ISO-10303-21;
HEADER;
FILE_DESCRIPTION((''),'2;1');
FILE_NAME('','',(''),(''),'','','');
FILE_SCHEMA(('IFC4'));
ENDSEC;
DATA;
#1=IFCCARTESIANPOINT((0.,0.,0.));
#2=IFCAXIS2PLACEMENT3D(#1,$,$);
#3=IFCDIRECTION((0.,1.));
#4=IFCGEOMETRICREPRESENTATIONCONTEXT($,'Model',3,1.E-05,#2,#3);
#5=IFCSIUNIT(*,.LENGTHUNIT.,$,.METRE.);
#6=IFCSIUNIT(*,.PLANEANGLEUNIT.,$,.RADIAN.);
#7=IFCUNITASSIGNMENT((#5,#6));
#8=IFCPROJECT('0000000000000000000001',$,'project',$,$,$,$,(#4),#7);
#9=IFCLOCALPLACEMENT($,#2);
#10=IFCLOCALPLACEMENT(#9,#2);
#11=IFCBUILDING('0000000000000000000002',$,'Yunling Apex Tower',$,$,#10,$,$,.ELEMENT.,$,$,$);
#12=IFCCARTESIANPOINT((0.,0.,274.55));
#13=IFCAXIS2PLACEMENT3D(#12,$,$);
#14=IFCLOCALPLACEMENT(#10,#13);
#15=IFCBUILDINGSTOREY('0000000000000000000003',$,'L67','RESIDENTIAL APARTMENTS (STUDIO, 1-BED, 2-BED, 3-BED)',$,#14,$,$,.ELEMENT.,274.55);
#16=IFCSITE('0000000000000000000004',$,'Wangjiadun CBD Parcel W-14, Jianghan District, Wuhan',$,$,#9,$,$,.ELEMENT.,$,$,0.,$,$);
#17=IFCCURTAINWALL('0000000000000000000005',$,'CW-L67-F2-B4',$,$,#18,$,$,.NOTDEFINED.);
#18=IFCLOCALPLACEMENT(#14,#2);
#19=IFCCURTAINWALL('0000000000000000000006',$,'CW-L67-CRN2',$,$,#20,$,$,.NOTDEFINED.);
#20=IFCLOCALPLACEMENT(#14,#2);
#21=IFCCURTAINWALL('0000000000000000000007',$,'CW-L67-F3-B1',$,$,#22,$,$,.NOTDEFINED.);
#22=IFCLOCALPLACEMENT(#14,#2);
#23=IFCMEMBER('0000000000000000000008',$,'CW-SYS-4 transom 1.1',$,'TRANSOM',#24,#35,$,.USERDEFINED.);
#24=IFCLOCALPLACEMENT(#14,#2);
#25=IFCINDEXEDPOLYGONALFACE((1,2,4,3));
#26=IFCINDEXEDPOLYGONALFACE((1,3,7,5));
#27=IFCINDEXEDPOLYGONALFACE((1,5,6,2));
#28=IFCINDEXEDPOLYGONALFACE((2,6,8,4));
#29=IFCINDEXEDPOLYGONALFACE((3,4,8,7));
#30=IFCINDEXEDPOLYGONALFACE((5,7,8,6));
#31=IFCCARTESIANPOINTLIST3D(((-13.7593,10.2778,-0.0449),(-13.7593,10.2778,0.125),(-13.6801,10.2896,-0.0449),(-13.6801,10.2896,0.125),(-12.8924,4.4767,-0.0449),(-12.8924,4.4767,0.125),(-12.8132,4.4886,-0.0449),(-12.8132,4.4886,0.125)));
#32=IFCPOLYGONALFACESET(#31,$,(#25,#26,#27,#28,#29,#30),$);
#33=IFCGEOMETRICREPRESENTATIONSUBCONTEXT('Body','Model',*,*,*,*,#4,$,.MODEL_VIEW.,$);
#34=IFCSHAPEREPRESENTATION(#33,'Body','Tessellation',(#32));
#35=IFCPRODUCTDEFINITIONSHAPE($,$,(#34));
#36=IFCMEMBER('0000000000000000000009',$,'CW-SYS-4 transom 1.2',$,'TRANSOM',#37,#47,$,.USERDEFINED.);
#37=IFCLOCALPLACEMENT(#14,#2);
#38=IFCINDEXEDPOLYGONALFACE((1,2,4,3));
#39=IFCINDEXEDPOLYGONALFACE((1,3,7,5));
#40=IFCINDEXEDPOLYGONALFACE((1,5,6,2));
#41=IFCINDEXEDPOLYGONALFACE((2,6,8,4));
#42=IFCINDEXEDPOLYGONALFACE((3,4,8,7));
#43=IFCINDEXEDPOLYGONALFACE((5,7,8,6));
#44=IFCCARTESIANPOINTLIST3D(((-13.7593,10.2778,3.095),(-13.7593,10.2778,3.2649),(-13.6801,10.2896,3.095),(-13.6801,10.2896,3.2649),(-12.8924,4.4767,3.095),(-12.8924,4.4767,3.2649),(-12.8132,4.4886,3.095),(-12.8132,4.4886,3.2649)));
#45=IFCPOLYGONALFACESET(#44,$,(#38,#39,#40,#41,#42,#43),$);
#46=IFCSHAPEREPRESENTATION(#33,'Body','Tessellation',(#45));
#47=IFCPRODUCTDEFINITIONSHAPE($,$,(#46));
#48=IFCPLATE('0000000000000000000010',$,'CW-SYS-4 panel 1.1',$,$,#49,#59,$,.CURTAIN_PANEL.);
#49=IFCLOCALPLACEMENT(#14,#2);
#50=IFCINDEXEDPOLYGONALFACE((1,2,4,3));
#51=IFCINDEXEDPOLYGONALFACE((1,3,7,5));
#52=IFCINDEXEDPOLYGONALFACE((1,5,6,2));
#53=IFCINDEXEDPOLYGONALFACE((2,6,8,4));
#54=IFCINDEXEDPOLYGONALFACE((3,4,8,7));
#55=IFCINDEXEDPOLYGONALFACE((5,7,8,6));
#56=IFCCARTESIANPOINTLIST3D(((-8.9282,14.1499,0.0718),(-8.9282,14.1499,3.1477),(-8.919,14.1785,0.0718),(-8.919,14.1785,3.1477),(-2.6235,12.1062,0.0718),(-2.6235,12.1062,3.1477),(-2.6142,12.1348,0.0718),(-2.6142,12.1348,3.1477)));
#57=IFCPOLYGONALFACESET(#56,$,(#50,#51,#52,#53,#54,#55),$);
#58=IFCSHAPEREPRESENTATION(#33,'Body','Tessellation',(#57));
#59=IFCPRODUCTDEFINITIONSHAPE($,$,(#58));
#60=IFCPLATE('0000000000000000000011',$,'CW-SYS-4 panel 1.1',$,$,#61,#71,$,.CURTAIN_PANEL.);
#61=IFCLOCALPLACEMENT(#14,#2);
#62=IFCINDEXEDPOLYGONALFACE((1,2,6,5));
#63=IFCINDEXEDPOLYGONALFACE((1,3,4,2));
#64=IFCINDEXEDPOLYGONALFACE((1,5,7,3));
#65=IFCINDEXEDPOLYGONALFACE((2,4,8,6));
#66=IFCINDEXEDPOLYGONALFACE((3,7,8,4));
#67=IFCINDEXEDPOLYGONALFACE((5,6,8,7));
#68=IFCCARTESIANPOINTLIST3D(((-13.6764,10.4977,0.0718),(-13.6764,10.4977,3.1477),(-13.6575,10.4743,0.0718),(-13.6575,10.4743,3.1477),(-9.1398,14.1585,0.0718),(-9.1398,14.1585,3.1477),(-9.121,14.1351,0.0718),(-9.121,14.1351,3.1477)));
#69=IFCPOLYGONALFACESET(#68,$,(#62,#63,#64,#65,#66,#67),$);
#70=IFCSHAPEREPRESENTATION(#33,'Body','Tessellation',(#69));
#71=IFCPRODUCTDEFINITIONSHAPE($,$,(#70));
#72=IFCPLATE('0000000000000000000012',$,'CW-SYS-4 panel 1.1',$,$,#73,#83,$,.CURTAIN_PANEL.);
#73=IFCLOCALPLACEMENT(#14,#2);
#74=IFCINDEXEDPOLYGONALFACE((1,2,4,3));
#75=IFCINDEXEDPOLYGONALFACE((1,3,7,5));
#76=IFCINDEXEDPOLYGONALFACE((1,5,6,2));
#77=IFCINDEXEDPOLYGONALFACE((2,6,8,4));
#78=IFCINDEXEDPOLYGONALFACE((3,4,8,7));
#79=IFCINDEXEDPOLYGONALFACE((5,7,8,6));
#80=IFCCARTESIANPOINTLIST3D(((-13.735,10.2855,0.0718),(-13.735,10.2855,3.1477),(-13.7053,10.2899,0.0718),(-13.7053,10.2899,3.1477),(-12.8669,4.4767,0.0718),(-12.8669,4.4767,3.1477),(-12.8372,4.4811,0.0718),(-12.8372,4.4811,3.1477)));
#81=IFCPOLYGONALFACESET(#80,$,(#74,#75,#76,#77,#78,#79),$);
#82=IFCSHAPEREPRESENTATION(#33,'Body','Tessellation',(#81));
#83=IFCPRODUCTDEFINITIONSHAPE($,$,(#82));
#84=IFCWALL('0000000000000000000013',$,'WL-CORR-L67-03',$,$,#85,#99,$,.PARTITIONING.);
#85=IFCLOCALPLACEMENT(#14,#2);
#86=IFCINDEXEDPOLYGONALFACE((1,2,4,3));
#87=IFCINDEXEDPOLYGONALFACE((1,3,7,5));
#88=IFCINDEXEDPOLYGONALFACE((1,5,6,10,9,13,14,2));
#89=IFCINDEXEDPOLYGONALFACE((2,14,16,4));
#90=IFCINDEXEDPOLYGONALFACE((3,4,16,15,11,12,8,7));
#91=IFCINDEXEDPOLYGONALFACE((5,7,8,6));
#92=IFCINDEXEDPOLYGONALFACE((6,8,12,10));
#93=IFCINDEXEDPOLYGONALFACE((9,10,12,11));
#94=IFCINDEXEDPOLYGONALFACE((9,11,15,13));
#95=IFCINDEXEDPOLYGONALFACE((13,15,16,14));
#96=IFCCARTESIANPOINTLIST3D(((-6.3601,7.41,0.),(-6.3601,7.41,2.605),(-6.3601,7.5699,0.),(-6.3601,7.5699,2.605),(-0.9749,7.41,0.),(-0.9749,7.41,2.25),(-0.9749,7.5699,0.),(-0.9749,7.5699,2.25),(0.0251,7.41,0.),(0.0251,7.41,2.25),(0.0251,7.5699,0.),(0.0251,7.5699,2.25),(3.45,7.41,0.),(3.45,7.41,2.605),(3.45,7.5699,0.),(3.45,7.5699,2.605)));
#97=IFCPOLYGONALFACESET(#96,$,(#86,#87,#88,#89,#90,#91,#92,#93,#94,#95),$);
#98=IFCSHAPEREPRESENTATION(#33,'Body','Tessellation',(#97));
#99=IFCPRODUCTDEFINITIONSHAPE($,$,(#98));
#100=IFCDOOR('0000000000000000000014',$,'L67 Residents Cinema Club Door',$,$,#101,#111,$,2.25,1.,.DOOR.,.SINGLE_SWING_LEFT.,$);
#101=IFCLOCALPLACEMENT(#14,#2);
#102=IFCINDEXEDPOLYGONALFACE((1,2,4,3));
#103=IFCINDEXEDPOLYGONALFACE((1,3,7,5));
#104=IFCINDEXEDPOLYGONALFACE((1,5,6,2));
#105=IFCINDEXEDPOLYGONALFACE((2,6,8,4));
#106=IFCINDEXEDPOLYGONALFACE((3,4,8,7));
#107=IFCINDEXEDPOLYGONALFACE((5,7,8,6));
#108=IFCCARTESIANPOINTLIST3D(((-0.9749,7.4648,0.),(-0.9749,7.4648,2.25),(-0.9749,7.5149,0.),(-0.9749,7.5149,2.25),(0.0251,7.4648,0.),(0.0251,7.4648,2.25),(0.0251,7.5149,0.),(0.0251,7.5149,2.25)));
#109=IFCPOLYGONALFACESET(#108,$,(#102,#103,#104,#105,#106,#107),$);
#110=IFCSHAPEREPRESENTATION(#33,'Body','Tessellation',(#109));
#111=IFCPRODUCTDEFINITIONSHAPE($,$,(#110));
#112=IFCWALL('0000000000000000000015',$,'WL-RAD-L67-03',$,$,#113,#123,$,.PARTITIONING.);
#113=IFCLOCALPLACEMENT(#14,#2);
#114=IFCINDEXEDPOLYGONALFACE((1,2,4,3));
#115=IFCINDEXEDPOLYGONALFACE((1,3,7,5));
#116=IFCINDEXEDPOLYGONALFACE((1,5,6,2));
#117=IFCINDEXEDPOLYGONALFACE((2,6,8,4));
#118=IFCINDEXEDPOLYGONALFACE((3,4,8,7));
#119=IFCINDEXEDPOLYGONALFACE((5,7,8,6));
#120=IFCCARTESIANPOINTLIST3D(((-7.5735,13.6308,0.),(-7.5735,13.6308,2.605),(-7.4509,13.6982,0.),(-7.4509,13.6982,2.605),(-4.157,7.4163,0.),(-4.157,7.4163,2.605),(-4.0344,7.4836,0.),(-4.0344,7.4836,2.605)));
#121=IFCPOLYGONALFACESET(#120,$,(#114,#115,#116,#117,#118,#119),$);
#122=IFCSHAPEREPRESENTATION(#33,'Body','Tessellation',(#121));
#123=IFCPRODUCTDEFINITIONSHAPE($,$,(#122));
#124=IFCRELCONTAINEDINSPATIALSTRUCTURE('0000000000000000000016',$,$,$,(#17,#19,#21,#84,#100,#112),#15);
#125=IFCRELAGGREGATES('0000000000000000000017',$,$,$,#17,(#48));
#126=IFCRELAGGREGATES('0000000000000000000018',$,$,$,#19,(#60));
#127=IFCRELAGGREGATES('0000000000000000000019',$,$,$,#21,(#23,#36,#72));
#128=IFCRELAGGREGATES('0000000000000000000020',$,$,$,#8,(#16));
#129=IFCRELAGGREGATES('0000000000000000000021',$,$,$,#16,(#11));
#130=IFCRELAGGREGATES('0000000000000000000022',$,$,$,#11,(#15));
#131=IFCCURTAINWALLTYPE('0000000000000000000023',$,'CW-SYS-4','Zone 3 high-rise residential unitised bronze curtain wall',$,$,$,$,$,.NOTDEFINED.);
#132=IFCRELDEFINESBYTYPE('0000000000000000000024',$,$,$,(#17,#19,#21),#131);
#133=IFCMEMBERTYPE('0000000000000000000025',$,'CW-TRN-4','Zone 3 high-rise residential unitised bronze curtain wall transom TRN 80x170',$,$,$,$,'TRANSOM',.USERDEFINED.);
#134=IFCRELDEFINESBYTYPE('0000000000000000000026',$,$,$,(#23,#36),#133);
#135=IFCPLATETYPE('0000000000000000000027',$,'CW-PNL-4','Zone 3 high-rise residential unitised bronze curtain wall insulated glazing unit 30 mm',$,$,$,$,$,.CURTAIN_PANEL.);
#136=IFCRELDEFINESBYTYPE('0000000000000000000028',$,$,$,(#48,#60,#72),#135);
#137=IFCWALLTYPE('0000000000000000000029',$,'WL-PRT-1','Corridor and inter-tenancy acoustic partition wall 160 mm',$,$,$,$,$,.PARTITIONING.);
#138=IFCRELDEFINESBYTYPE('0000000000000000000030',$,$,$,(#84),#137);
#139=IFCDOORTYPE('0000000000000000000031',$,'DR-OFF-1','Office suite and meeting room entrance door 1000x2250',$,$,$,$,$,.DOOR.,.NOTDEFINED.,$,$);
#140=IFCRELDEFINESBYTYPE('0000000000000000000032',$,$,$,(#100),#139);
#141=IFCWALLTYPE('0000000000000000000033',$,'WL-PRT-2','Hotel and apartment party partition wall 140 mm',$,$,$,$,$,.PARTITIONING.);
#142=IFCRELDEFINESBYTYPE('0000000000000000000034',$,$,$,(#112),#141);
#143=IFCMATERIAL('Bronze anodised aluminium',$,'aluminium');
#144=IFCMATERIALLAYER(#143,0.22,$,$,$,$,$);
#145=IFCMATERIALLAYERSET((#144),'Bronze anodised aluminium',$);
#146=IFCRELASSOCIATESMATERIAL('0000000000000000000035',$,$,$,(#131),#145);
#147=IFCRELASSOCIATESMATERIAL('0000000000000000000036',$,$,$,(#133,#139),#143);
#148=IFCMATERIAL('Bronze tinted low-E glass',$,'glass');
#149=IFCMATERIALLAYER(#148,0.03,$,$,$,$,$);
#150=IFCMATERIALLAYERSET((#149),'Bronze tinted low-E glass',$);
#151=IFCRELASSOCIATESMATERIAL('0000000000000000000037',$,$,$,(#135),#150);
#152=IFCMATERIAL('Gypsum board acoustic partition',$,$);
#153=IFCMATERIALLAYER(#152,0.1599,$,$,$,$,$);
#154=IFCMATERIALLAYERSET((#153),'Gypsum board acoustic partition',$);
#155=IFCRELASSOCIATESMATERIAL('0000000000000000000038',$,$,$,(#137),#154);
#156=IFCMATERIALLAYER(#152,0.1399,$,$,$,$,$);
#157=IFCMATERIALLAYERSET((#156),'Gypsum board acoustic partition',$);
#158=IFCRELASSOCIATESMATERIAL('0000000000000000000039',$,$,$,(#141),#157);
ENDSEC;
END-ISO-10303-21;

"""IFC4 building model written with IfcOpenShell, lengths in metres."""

from ifc_helpers import new_model, si_unit, direction, frame, frame_2d, origin, origin_2d, place, context, subcontext, project, spatial, rectangle, extrude, source, transform, mapped, material, layer, layer_set, material_profile, profile_set, type_object, element, fill, aggregate, save


model = new_model("IFC4")

# Units and contexts
model_context = context("Model", 3, precision=1e-05, world=origin(), true_north=direction((0.0, 1.0)))
body_context = subcontext(model_context, "Body", "Model", "MODEL_VIEW")
ifc_project = project(units=[si_unit("LENGTHUNIT", "METRE"), si_unit("PLANEANGLEUNIT", "RADIAN")], contexts=[model_context])

# Site, building, storey
site_placement = place(None, origin())
site = spatial("IfcSite", under=ifc_project, at=site_placement, Name="Wangjiadun CBD Parcel W-14, Jianghan District, Wuhan", CompositionType="ELEMENT", RefElevation=0.0)
building_placement = place(site_placement, origin())
building = spatial("IfcBuilding", under=site, at=building_placement, Name="Yunling Apex Tower", CompositionType="ELEMENT")
storey_placement = place(building_placement, frame((0.0, 0.0, 274.55)))
storey = spatial("IfcBuildingStorey", under=building, at=storey_placement, Name="L67", Description="RESIDENTIAL APARTMENTS (STUDIO, 1-BED, 2-BED, 3-BED)", CompositionType="ELEMENT", Elevation=274.55)

# Curtain wall
ifc_material_1 = material(Name="Bronze anodised aluminium", Category="aluminium")
ifc_layer_1 = layer(ifc_material_1, 0.22)
ifc_layer_set_1 = layer_set([ifc_layer_1], Name="Bronze anodised aluminium")
curtain_wall_type = type_object("IfcCurtainWallType", Name="CW-SYS-4", Description="Zone 3 high-rise residential unitised bronze curtain wall", PredefinedType="NOTDEFINED", material=ifc_layer_set_1)
curtain_wall_1_placement = place(storey_placement, origin())
curtain_wall_1 = element("IfcCurtainWall", 1, at=curtain_wall_1_placement, inside=storey, type_object=curtain_wall_type, Name="CW-L67-F2-B4", PredefinedType="NOTDEFINED")

# Curtain wall
curtain_wall_2_placement = place(storey_placement, origin())
curtain_wall_2 = element("IfcCurtainWall", 2, at=curtain_wall_2_placement, inside=storey, type_object=curtain_wall_type, Name="CW-L67-CRN2", PredefinedType="NOTDEFINED")

# Curtain wall
curtain_wall_3_placement = place(storey_placement, origin())
curtain_wall_3 = element("IfcCurtainWall", 3, at=curtain_wall_3_placement, inside=storey, type_object=curtain_wall_type, Name="CW-L67-F3-B1", PredefinedType="NOTDEFINED")

# Members
ifc_material_profile_1 = material_profile(ifc_material_1, rectangle(XDim=0.0801, YDim=0.1699, at=origin_2d()))
ifc_profile_set_1 = profile_set([ifc_material_profile_1], Name="Bronze anodised aluminium")
member_type_1 = type_object("IfcMemberType", Name="CW-TRN-4", Description="Zone 3 high-rise residential unitised bronze curtain wall transom TRN 80x170", ElementType="TRANSOM", PredefinedType="USERDEFINED", material=ifc_profile_set_1)
shared_shape_1 = source(origin(), body_context, "Body", "SweptSolid", [
    extrude(rectangle(XDim=0.0801, YDim=0.1699, at=origin_2d()), origin(), (0.0, 0.0, 1.0), 5.8655),
])
member_1_placement = place(storey_placement, frame((-13.7197, 10.2837, 0.04), z_axis=(0.147805, -0.989017, 0.0), x_axis=(0.989017, 0.147805, 0.0)))
member_1 = element("IfcMember", 4, at=member_1_placement, type_object=member_type_1, Name="CW-SYS-4 transom 1.1", ObjectType="TRANSOM", PredefinedType="USERDEFINED", context=body_context, shape_type="MappedRepresentation", body=[
    mapped(shared_shape_1, transform((0.0, 0.0, 0.0), scale=1.0)),
])
member_2_placement = place(storey_placement, frame((-13.7197, 10.2837, 3.1799), z_axis=(0.147805, -0.989017, 0.0), x_axis=(0.989017, 0.147805, 0.0)))
member_2 = element("IfcMember", 5, at=member_2_placement, type_object=member_type_1, Name="CW-SYS-4 transom 1.2", ObjectType="TRANSOM", PredefinedType="USERDEFINED", context=body_context, shape_type="MappedRepresentation", body=[
    mapped(shared_shape_1, transform((0.0, 0.0, 0.0), scale=1.0)),
])

# Plates
ifc_material_2 = material(Name="Bronze tinted low-E glass", Category="glass")
ifc_layer_2 = layer(ifc_material_2, 0.03)
ifc_layer_set_2 = layer_set([ifc_layer_2], Name="Bronze tinted low-E glass")
plate_type = type_object("IfcPlateType", Name="CW-PNL-4", Description="Zone 3 high-rise residential unitised bronze curtain wall insulated glazing unit 30 mm", PredefinedType="CURTAIN_PANEL", material=ifc_layer_set_2)
shared_shape_2 = source(origin(), body_context, "Body", "SweptSolid", [
    extrude(rectangle(XDim=6.6277, YDim=0.03, at=origin_2d()), origin(), (0.0, 0.0, 1.0), 3.0759),
])
plate_1_placement = place(storey_placement, frame((-5.7712, 13.1423, 0.0718), z_axis=(0.0, 0.0, 1.0), x_axis=(-0.951272, 0.308353, 0.0)))
plate_1 = element("IfcPlate", 6, at=plate_1_placement, type_object=plate_type, Name="CW-SYS-4 panel 1.1", PredefinedType="CURTAIN_PANEL", context=body_context, shape_type="MappedRepresentation", body=[
    mapped(shared_shape_2, transform((0.0, 0.0, 0.0), scale=1.0)),
])
aggregate(curtain_wall_1, [plate_1])
shared_shape_3 = source(origin(), body_context, "Body", "SweptSolid", [
    extrude(rectangle(XDim=5.8293, YDim=0.03, at=origin_2d()), origin(), (0.0, 0.0, 1.0), 3.0759),
])
plate_2_placement = place(storey_placement, frame((-11.3987, 12.3164, 0.0718), z_axis=(0.0, 0.0, 1.0), x_axis=(-0.778222, -0.627989, 0.0)))
plate_2 = element("IfcPlate", 7, at=plate_2_placement, type_object=plate_type, Name="CW-SYS-4 panel 1.1", PredefinedType="CURTAIN_PANEL", context=body_context, shape_type="MappedRepresentation", body=[
    mapped(shared_shape_3, transform((0.0, 0.0, 0.0), scale=1.0)),
])
aggregate(curtain_wall_2, [plate_2])
shared_shape_4 = source(origin(), body_context, "Body", "SweptSolid", [
    extrude(rectangle(XDim=5.8733, YDim=0.03, at=origin_2d()), origin(), (0.0, 0.0, 1.0), 3.0759),
])
plate_3_placement = place(storey_placement, frame((-13.2861, 7.3833, 0.0718), z_axis=(0.0, 0.0, 1.0), x_axis=(0.147807, -0.989016, 0.0)))
plate_3 = element("IfcPlate", 8, at=plate_3_placement, type_object=plate_type, Name="CW-SYS-4 panel 1.1", PredefinedType="CURTAIN_PANEL", context=body_context, shape_type="MappedRepresentation", body=[
    mapped(shared_shape_4, transform((0.0, 0.0, 0.0), scale=1.0)),
])
aggregate(curtain_wall_3, [member_1, member_2, plate_3])

# Shared definitions
ifc_material_3 = material(Name="Gypsum board acoustic partition")
ifc_layer_3 = layer(ifc_material_3, 0.1599)
ifc_layer_set_3 = layer_set([ifc_layer_3], Name="Gypsum board acoustic partition")
wall_type_1 = type_object("IfcWallType", Name="WL-PRT-1", Description="Corridor and inter-tenancy acoustic partition wall 160 mm", PredefinedType="PARTITIONING", material=ifc_layer_set_3)

# Wall, opening, door
wall_1_placement = place(storey_placement, frame((-6.3601, 7.49, 0.0), z_axis=(0.0, 0.0, 1.0), x_axis=(1.0, 0.0, 0.0)))
wall_1 = element("IfcWall", 9, at=wall_1_placement, inside=storey, type_object=wall_type_1, Name="WL-CORR-L67-03", PredefinedType="PARTITIONING", context=body_context, shape_type="SweptSolid", body=[
    extrude(rectangle(XDim=9.8101, YDim=0.1599, at=frame_2d((4.905, 0.0))), origin(), (0.0, 0.0, 1.0), 2.605),
])
opening_placement = place(wall_1_placement, frame((5.3853, 0.0, 0.0)))
opening = element("IfcOpeningElement", 10, at=opening_placement, cuts=wall_1, PredefinedType="OPENING", context=body_context, shape_type="SweptSolid", body=[
    extrude(rectangle(XDim=1.0, YDim=2.25, at=frame_2d((0.5, 1.125))), frame((0.0, 0.0898, 0.0), z_axis=(0.0, -1.0, 0.0), x_axis=(1.0, 0.0, 0.0)), (0.0, 0.0, 1.0), 0.1799),
])
door_type = type_object("IfcDoorType", Name="DR-OFF-1", Description="Office suite and meeting room entrance door 1000x2250", OperationType="NOTDEFINED", PredefinedType="DOOR", material=ifc_material_1)
door_placement = place(opening_placement, origin())
door = element("IfcDoor", 11, at=door_placement, inside=storey, type_object=door_type, Name="L67 Residents Cinema Club Door", OperationType="SINGLE_SWING_LEFT", OverallHeight=2.25, OverallWidth=1.0, PredefinedType="DOOR", context=body_context, shape_type="SweptSolid", body=[
    extrude(rectangle(XDim=1.0, YDim=2.25, at=frame_2d((0.5, 1.125))), frame((0.0, 0.0249, 0.0), z_axis=(0.0, -1.0, 0.0), x_axis=(1.0, 0.0, 0.0)), (0.0, 0.0, 1.0), 0.05),
])
fill(opening, door)

# Wall
ifc_layer_4 = layer(ifc_material_3, 0.1399)
ifc_layer_set_4 = layer_set([ifc_layer_4], Name="Gypsum board acoustic partition")
wall_type_2 = type_object("IfcWallType", Name="WL-PRT-2", Description="Hotel and apartment party partition wall 140 mm", PredefinedType="PARTITIONING", material=ifc_layer_set_4)
wall_2_placement = place(storey_placement, frame((-4.0957, 7.45, 0.0), z_axis=(0.0, 0.0, 1.0), x_axis=(-0.481754, 0.876307, 0.0)))
element("IfcWall", 12, at=wall_2_placement, inside=storey, type_object=wall_type_2, Name="WL-RAD-L67-03", PredefinedType="PARTITIONING", context=body_context, shape_type="SweptSolid", body=[
    extrude(rectangle(XDim=7.0918, YDim=0.1399, at=frame_2d((3.5459, 0.0))), origin(), (0.0, 0.0, 1.0), 2.605),
])

save(model, "model.ifc")
